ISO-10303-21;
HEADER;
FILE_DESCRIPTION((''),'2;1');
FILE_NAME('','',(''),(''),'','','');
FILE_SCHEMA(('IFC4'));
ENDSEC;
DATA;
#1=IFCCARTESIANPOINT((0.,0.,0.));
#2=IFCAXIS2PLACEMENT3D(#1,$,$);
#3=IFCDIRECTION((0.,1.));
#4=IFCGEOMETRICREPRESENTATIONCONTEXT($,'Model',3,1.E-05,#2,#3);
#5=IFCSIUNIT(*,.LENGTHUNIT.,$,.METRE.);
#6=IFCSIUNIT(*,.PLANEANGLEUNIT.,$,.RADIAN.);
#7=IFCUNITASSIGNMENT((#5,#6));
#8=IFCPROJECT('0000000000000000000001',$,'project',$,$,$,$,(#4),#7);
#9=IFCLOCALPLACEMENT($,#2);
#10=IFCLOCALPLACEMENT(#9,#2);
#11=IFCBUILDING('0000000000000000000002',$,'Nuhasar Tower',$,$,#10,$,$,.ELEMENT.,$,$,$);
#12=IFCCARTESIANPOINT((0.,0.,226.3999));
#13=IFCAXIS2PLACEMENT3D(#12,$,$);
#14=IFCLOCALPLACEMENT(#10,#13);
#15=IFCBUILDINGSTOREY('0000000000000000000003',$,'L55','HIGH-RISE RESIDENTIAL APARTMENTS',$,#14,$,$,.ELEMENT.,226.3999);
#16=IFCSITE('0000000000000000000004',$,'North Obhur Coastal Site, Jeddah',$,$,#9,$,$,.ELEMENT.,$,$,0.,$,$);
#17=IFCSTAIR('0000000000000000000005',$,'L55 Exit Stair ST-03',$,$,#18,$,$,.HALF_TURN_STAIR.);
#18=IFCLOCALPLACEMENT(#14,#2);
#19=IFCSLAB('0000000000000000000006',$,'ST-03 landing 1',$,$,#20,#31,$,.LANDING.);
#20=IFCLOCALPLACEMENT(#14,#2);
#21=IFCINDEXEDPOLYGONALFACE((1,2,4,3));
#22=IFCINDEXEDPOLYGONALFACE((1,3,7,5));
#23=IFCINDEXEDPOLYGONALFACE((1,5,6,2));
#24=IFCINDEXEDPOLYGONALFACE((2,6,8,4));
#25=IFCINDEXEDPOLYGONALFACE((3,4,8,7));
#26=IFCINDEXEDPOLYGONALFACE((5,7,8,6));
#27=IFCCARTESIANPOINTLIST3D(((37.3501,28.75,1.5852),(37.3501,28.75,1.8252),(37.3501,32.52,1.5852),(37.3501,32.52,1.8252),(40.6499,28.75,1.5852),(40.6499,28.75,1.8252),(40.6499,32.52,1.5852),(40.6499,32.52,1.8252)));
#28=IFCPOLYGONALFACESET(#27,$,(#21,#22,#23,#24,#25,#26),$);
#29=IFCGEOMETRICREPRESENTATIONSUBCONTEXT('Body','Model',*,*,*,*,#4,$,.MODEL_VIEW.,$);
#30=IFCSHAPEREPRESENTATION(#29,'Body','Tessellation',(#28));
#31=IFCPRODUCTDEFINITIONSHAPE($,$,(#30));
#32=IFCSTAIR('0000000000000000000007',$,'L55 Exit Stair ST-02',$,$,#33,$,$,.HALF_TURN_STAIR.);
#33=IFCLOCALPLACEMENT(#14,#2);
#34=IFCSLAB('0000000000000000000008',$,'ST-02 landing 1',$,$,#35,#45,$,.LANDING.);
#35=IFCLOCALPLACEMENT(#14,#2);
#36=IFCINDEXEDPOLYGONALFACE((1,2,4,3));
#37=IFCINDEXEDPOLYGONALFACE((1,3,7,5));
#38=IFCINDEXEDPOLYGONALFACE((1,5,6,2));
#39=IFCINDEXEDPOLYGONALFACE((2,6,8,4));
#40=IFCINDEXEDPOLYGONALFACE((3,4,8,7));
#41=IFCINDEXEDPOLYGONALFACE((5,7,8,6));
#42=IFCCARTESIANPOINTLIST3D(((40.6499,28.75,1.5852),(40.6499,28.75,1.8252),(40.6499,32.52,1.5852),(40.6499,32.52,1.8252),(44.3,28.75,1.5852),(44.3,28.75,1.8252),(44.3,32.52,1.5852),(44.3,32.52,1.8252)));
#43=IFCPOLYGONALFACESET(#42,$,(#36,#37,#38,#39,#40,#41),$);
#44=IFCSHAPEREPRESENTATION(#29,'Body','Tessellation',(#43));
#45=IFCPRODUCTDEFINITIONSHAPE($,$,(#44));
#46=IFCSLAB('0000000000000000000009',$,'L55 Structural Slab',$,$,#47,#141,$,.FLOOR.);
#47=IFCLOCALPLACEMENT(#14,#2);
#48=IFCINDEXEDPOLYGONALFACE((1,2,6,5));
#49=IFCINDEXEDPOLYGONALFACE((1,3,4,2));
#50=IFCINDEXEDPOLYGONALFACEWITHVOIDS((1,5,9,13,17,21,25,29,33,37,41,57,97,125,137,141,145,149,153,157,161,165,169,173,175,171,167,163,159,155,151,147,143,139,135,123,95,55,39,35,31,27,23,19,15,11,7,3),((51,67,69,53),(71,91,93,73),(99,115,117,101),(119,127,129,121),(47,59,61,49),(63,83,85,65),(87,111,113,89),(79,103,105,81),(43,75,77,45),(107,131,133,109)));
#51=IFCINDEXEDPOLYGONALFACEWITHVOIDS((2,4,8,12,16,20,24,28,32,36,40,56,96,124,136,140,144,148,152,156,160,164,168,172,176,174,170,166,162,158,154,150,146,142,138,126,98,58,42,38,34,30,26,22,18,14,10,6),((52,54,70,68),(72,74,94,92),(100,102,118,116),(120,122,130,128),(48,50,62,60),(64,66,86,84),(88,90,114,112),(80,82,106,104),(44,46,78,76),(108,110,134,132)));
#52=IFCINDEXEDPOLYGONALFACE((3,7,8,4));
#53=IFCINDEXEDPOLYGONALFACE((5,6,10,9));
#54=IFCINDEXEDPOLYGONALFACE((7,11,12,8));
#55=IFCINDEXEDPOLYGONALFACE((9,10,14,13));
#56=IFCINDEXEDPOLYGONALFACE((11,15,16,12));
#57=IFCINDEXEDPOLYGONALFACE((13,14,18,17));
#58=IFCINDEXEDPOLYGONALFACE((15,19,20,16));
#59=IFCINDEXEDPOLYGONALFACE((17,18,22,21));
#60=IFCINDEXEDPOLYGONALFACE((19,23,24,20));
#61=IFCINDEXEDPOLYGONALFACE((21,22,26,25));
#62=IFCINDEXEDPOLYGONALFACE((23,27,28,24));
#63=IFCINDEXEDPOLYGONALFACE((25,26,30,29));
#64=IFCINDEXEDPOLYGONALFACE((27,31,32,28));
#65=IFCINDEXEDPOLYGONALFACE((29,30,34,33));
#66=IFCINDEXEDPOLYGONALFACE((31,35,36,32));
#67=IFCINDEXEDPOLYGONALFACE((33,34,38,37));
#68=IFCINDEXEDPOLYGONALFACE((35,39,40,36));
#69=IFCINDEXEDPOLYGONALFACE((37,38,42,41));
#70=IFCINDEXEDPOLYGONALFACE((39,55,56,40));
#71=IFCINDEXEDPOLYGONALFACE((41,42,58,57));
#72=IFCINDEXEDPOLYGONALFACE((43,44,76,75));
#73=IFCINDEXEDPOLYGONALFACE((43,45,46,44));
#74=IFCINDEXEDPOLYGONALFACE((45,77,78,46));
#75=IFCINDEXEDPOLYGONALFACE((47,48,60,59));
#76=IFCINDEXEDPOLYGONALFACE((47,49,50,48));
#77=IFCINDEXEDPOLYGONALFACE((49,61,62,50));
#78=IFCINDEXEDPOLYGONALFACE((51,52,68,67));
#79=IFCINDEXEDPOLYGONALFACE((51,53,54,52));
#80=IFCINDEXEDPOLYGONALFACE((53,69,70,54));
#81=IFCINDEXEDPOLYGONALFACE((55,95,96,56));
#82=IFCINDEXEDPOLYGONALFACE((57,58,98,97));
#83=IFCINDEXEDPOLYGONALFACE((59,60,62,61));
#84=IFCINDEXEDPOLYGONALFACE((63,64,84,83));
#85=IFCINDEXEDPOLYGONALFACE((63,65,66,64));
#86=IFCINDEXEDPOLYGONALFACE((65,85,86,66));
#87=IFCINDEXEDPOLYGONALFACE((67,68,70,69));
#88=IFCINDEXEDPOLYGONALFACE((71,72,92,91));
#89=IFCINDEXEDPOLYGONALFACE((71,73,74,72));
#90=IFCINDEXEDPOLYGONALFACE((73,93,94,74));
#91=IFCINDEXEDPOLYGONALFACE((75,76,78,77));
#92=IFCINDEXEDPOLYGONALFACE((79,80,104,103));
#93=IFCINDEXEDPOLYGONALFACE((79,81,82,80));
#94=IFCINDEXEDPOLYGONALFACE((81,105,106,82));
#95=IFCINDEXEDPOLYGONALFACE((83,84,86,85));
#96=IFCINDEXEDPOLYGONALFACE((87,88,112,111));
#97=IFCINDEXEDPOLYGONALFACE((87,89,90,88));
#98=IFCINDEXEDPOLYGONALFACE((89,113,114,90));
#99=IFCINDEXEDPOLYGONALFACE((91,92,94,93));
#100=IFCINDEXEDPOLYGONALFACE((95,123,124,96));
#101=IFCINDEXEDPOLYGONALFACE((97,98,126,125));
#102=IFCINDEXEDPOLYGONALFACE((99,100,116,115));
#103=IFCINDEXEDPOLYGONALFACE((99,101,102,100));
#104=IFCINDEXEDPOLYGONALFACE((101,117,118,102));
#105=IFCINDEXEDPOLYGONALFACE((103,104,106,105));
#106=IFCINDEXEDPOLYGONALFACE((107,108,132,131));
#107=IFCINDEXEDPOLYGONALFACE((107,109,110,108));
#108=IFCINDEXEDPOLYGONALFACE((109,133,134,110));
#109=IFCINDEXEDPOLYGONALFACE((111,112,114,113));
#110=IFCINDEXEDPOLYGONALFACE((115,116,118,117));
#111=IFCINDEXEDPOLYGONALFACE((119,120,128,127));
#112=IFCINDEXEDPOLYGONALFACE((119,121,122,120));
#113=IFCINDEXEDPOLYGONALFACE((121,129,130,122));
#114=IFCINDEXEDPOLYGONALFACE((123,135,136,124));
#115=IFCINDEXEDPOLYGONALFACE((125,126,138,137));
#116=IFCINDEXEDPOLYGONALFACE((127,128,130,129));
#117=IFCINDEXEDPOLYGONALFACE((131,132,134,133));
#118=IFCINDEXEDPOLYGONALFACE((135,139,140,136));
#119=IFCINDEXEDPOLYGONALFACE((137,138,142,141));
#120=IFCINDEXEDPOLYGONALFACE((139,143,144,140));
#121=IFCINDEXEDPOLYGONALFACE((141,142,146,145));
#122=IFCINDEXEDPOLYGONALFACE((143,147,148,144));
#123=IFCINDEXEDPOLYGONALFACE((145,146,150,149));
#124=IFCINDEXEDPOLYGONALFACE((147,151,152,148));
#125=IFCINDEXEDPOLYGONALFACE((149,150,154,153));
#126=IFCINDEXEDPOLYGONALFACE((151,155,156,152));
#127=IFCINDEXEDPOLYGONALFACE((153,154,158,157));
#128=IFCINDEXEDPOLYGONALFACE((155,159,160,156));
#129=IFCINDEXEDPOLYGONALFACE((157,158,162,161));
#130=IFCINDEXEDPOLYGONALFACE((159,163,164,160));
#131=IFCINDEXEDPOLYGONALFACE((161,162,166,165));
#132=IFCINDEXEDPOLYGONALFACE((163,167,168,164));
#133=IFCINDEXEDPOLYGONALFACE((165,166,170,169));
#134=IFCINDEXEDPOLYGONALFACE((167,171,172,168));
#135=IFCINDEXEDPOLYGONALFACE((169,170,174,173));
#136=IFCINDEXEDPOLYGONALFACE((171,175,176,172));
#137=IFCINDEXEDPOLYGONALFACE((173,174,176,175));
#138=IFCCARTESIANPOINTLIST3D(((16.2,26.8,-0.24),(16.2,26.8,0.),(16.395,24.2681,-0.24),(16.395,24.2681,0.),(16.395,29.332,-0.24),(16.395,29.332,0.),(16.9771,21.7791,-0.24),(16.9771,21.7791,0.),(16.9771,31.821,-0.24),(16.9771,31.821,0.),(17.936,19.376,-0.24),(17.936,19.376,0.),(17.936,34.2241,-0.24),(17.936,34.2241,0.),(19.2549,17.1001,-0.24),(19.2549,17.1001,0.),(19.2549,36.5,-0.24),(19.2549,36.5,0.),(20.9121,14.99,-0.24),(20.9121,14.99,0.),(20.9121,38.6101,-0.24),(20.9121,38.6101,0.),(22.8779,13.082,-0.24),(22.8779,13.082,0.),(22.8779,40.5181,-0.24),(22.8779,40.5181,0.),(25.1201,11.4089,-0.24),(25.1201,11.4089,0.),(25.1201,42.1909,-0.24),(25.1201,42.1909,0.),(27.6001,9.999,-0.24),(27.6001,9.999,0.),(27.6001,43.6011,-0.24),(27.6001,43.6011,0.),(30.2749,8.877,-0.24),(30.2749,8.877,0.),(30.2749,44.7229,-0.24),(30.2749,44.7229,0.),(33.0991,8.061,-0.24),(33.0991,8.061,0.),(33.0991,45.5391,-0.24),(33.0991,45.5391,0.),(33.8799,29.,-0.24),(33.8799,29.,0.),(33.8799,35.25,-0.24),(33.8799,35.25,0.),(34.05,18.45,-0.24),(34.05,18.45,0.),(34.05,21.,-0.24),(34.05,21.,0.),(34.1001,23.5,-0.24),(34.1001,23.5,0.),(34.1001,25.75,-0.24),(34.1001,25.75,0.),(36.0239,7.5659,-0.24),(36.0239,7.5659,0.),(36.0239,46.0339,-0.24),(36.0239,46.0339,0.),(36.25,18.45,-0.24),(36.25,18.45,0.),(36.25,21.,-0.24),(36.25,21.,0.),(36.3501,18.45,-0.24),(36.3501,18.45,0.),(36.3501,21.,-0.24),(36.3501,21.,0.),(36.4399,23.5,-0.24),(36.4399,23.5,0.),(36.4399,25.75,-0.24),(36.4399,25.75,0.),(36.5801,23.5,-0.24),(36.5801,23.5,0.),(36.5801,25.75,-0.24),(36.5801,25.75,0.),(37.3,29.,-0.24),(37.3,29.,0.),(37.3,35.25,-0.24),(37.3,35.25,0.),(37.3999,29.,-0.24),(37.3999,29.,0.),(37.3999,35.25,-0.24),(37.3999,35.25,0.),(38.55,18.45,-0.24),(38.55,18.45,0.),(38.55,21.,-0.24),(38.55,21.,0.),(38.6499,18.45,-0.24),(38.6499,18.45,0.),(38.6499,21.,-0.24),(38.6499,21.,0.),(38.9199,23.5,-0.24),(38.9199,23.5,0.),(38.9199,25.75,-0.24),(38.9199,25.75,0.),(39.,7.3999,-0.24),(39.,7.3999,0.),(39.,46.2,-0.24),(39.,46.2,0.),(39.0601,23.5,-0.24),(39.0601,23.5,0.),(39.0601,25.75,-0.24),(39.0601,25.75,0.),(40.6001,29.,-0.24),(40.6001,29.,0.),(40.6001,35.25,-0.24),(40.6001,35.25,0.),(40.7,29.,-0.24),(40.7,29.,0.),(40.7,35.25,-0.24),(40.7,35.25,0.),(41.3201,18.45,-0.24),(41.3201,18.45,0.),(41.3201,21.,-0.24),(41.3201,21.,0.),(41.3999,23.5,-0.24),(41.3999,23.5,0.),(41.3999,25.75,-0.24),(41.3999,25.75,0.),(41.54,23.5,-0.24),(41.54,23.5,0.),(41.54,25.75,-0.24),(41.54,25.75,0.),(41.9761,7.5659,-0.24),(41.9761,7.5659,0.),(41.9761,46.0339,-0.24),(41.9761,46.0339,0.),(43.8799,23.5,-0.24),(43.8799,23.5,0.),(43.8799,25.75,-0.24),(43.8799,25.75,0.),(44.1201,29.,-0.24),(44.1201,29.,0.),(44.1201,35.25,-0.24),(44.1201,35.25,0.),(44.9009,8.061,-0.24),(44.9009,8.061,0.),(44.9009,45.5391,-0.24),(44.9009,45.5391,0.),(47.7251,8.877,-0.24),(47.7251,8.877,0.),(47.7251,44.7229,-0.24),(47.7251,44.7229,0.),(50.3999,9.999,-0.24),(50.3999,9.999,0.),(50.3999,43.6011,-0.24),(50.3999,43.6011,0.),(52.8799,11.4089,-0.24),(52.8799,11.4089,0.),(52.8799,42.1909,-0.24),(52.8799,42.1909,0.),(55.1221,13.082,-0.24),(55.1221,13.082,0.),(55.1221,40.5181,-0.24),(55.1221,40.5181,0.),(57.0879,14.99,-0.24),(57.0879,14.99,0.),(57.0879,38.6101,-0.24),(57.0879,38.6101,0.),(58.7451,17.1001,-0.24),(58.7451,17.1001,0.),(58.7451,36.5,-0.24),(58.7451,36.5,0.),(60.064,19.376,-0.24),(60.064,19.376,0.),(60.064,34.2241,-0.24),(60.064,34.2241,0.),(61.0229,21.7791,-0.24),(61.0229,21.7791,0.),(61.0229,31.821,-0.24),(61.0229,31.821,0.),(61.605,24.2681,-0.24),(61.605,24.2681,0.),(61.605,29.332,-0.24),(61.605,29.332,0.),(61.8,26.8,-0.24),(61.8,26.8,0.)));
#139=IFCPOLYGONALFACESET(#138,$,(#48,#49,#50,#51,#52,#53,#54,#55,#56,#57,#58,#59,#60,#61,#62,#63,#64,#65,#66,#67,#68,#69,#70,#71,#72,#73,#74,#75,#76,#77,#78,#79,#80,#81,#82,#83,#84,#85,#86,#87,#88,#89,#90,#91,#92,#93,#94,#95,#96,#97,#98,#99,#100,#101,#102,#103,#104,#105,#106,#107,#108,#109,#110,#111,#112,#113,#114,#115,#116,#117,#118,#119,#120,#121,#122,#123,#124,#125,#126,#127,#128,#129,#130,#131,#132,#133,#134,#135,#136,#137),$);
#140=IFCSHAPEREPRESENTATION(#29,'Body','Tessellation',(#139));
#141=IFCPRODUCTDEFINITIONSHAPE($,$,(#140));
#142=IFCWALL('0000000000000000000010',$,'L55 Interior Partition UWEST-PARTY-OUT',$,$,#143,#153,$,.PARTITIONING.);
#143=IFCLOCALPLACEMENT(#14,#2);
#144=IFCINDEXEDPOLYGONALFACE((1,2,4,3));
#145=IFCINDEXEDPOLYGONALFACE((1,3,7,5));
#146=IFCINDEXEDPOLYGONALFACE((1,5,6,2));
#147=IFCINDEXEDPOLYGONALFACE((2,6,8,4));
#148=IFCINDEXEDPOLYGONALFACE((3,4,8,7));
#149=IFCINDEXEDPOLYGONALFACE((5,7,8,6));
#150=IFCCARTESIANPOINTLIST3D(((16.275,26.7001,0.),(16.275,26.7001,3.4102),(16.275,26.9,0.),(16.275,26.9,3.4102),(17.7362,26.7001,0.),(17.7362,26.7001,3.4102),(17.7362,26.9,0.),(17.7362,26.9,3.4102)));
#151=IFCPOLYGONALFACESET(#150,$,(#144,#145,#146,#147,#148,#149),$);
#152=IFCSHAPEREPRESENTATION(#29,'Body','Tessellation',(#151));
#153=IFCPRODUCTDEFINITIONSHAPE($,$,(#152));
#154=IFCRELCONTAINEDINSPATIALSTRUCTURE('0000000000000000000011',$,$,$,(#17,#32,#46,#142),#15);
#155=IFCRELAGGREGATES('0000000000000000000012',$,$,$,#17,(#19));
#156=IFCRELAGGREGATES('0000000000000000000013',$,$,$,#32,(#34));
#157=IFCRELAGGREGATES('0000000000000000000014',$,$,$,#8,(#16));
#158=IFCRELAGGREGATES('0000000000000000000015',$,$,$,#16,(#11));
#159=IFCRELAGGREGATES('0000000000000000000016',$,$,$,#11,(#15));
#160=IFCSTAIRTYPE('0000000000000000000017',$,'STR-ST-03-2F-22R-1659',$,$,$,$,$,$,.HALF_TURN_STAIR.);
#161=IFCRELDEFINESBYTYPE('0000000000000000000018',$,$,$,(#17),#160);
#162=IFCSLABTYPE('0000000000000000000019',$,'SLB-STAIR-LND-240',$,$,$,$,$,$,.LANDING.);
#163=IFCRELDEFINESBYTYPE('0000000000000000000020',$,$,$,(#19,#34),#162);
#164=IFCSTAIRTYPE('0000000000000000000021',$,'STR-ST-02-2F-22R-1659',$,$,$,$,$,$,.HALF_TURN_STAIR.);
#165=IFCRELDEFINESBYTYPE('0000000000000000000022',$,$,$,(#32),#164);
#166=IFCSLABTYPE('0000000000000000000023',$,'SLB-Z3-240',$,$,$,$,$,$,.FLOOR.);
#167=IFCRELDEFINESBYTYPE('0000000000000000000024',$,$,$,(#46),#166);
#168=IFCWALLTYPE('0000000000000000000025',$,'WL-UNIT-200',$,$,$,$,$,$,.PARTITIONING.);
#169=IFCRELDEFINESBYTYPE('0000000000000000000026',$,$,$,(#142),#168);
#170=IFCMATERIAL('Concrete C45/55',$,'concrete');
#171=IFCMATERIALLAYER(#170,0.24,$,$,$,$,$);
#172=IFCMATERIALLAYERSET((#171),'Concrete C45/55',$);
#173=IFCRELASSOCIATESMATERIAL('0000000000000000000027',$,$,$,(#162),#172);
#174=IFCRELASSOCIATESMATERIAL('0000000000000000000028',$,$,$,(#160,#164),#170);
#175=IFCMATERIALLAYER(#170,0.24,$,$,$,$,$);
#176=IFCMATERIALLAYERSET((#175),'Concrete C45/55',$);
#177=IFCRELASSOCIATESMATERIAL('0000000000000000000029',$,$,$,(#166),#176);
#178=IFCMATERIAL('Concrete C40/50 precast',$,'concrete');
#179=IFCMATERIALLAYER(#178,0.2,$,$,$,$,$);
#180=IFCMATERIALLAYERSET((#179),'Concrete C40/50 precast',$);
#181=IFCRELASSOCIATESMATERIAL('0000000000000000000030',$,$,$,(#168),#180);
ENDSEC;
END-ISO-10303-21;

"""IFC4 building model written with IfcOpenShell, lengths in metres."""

from ifc_helpers import new_model, si_unit, direction, frame, frame_2d, origin, place, context, subcontext, project, spatial, polyline, rectangle, outline, extrude, material, layer, layer_set, type_object, element, aggregate, save


model = new_model("IFC4")

# Units and contexts
model_context = context("Model", 3, precision=1e-05, world=origin(), true_north=direction((0.0, 1.0)))
body_context = subcontext(model_context, "Body", "Model", "MODEL_VIEW")
ifc_project = project(units=[si_unit("LENGTHUNIT", "METRE"), si_unit("PLANEANGLEUNIT", "RADIAN")], contexts=[model_context])

# Site, building, storey
site_placement = place(None, origin())
site = spatial("IfcSite", under=ifc_project, at=site_placement, Name="North Obhur Coastal Site, Jeddah", CompositionType="ELEMENT", RefElevation=0.0)
building_placement = place(site_placement, origin())
building = spatial("IfcBuilding", under=site, at=building_placement, Name="Nuhasar Tower", CompositionType="ELEMENT")
storey_placement = place(building_placement, frame((0.0, 0.0, 226.3999)))
storey = spatial("IfcBuildingStorey", under=building, at=storey_placement, Name="L55", Description="HIGH-RISE RESIDENTIAL APARTMENTS", CompositionType="ELEMENT", Elevation=226.3999)

# Stairs, slabs
ifc_material_1 = material(Name="Concrete C45/55", Category="concrete")
ifc_layer_1 = layer(ifc_material_1, 0.24)
ifc_layer_set_1 = layer_set([ifc_layer_1], Name="Concrete C45/55")
slab_type_1 = type_object("IfcSlabType", Name="SLB-STAIR-LND-240", PredefinedType="LANDING", material=ifc_layer_set_1)
stair_type_1 = type_object("IfcStairType", Name="STR-ST-03-2F-22R-1659", PredefinedType="HALF_TURN_STAIR", material=ifc_material_1)
stair_1_placement = place(storey_placement, origin())
stair_1 = element("IfcStair", 1, at=stair_1_placement, inside=storey, type_object=stair_type_1, Name="L55 Exit Stair ST-03", PredefinedType="HALF_TURN_STAIR")
slab_1_placement = place(storey_placement, frame((0.0, 0.0, 1.5852)))
slab_1 = element("IfcSlab", 2, at=slab_1_placement, type_object=slab_type_1, Name="ST-03 landing 1", PredefinedType="LANDING", context=body_context, shape_type="SweptSolid", body=[
    extrude(outline(polyline([(37.3501, 28.75), (40.6499, 28.75), (40.6499, 32.52), (37.3501, 32.52), (37.3501, 28.75)])), origin(), (0.0, 0.0, 1.0), 0.24),
])
aggregate(stair_1, [slab_1])
stair_type_2 = type_object("IfcStairType", Name="STR-ST-02-2F-22R-1659", PredefinedType="HALF_TURN_STAIR", material=ifc_material_1)
stair_2_placement = place(storey_placement, origin())
stair_2 = element("IfcStair", 3, at=stair_2_placement, inside=storey, type_object=stair_type_2, Name="L55 Exit Stair ST-02", PredefinedType="HALF_TURN_STAIR")
slab_2_placement = place(storey_placement, frame((0.0, 0.0, 1.5852)))
slab_2 = element("IfcSlab", 4, at=slab_2_placement, type_object=slab_type_1, Name="ST-02 landing 1", PredefinedType="LANDING", context=body_context, shape_type="SweptSolid", body=[
    extrude(outline(polyline([(40.6499, 28.75), (44.3, 28.75), (44.3, 32.52), (40.6499, 32.52), (40.6499, 28.75)])), origin(), (0.0, 0.0, 1.0), 0.24),
])
aggregate(stair_2, [slab_2])

# Slab
ifc_layer_2 = layer(ifc_material_1, 0.24)
ifc_layer_set_2 = layer_set([ifc_layer_2], Name="Concrete C45/55")
slab_type_2 = type_object("IfcSlabType", Name="SLB-Z3-240", PredefinedType="FLOOR", material=ifc_layer_set_2)
slab_3_placement = place(storey_placement, frame((0.0, 0.0, -0.24)))
element("IfcSlab", 5, at=slab_3_placement, inside=storey, type_object=slab_type_2, Name="L55 Structural Slab", PredefinedType="FLOOR", context=body_context, shape_type="SweptSolid", body=[
    extrude(outline(polyline([(61.8, 26.8), (61.605, 29.332), (61.0229, 31.821), (60.064, 34.2241), (58.7451, 36.5), (57.0879, 38.6101), (55.1221, 40.5181), (52.8799, 42.1909), (50.3999, 43.6011), (47.7251, 44.7229), (44.9009, 45.5391), (41.9761, 46.0339), (39.0, 46.2), (36.0239, 46.0339), (33.0991, 45.5391), (30.2749, 44.7229), (27.6001, 43.6011), (25.1201, 42.1909), (22.8779, 40.5181), (20.9121, 38.6101), (19.2549, 36.5), (17.936, 34.2241), (16.9771, 31.821), (16.395, 29.332), (16.2, 26.8), (16.395, 24.2681), (16.9771, 21.7791), (17.936, 19.376), (19.2549, 17.1001), (20.9121, 14.99), (22.8779, 13.082), (25.1201, 11.4089), (27.6001, 9.999), (30.2749, 8.877), (33.0991, 8.061), (36.0239, 7.5659), (39.0, 7.3999), (41.9761, 7.5659), (44.9009, 8.061), (47.7251, 8.877), (50.3999, 9.999), (52.8799, 11.4089), (55.1221, 13.082), (57.0879, 14.99), (58.7451, 17.1001), (60.064, 19.376), (61.0229, 21.7791), (61.605, 24.2681), (61.8, 26.8)]), holes=[polyline([(33.8799, 35.25), (37.3, 35.25), (37.3, 29.0), (33.8799, 29.0), (33.8799, 35.25)]), polyline([(37.3999, 35.25), (40.6001, 35.25), (40.6001, 29.0), (37.3999, 29.0), (37.3999, 35.25)]), polyline([(40.7, 35.25), (44.1201, 35.25), (44.1201, 29.0), (40.7, 29.0), (40.7, 35.25)]), polyline([(34.1001, 25.75), (36.4399, 25.75), (36.4399, 23.5), (34.1001, 23.5), (34.1001, 25.75)]), polyline([(36.5801, 25.75), (38.9199, 25.75), (38.9199, 23.5), (36.5801, 23.5), (36.5801, 25.75)]), polyline([(39.0601, 25.75), (41.3999, 25.75), (41.3999, 23.5), (39.0601, 23.5), (39.0601, 25.75)]), polyline([(41.54, 25.75), (43.8799, 25.75), (43.8799, 23.5), (41.54, 23.5), (41.54, 25.75)]), polyline([(34.05, 21.0), (36.25, 21.0), (36.25, 18.45), (34.05, 18.45), (34.05, 21.0)]), polyline([(36.3501, 21.0), (38.55, 21.0), (38.55, 18.45), (36.3501, 18.45), (36.3501, 21.0)]), polyline([(38.6499, 21.0), (41.3201, 21.0), (41.3201, 18.45), (38.6499, 18.45), (38.6499, 21.0)])]), origin(), (0.0, 0.0, 1.0), 0.24),
])

# Wall
ifc_material_2 = material(Name="Concrete C40/50 precast", Category="concrete")
ifc_layer_3 = layer(ifc_material_2, 0.2)
ifc_layer_set_3 = layer_set([ifc_layer_3], Name="Concrete C40/50 precast")
wall_type = type_object("IfcWallType", Name="WL-UNIT-200", PredefinedType="PARTITIONING", material=ifc_layer_set_3)
wall_placement = place(storey_placement, frame((17.7361, 26.8, 0.0), z_axis=(0.0, 0.0, 1.0), x_axis=(-1.0, 0.0, 0.0)))
element("IfcWall", 6, at=wall_placement, inside=storey, type_object=wall_type, Name="L55 Interior Partition UWEST-PARTY-OUT", PredefinedType="PARTITIONING", context=body_context, shape_type="SweptSolid", body=[
    extrude(rectangle(XDim=1.4612, YDim=0.2, at=frame_2d((0.7305, 0.0))), origin(), (0.0, 0.0, 1.0), 3.4102),
])

save(model, "model.ifc")
